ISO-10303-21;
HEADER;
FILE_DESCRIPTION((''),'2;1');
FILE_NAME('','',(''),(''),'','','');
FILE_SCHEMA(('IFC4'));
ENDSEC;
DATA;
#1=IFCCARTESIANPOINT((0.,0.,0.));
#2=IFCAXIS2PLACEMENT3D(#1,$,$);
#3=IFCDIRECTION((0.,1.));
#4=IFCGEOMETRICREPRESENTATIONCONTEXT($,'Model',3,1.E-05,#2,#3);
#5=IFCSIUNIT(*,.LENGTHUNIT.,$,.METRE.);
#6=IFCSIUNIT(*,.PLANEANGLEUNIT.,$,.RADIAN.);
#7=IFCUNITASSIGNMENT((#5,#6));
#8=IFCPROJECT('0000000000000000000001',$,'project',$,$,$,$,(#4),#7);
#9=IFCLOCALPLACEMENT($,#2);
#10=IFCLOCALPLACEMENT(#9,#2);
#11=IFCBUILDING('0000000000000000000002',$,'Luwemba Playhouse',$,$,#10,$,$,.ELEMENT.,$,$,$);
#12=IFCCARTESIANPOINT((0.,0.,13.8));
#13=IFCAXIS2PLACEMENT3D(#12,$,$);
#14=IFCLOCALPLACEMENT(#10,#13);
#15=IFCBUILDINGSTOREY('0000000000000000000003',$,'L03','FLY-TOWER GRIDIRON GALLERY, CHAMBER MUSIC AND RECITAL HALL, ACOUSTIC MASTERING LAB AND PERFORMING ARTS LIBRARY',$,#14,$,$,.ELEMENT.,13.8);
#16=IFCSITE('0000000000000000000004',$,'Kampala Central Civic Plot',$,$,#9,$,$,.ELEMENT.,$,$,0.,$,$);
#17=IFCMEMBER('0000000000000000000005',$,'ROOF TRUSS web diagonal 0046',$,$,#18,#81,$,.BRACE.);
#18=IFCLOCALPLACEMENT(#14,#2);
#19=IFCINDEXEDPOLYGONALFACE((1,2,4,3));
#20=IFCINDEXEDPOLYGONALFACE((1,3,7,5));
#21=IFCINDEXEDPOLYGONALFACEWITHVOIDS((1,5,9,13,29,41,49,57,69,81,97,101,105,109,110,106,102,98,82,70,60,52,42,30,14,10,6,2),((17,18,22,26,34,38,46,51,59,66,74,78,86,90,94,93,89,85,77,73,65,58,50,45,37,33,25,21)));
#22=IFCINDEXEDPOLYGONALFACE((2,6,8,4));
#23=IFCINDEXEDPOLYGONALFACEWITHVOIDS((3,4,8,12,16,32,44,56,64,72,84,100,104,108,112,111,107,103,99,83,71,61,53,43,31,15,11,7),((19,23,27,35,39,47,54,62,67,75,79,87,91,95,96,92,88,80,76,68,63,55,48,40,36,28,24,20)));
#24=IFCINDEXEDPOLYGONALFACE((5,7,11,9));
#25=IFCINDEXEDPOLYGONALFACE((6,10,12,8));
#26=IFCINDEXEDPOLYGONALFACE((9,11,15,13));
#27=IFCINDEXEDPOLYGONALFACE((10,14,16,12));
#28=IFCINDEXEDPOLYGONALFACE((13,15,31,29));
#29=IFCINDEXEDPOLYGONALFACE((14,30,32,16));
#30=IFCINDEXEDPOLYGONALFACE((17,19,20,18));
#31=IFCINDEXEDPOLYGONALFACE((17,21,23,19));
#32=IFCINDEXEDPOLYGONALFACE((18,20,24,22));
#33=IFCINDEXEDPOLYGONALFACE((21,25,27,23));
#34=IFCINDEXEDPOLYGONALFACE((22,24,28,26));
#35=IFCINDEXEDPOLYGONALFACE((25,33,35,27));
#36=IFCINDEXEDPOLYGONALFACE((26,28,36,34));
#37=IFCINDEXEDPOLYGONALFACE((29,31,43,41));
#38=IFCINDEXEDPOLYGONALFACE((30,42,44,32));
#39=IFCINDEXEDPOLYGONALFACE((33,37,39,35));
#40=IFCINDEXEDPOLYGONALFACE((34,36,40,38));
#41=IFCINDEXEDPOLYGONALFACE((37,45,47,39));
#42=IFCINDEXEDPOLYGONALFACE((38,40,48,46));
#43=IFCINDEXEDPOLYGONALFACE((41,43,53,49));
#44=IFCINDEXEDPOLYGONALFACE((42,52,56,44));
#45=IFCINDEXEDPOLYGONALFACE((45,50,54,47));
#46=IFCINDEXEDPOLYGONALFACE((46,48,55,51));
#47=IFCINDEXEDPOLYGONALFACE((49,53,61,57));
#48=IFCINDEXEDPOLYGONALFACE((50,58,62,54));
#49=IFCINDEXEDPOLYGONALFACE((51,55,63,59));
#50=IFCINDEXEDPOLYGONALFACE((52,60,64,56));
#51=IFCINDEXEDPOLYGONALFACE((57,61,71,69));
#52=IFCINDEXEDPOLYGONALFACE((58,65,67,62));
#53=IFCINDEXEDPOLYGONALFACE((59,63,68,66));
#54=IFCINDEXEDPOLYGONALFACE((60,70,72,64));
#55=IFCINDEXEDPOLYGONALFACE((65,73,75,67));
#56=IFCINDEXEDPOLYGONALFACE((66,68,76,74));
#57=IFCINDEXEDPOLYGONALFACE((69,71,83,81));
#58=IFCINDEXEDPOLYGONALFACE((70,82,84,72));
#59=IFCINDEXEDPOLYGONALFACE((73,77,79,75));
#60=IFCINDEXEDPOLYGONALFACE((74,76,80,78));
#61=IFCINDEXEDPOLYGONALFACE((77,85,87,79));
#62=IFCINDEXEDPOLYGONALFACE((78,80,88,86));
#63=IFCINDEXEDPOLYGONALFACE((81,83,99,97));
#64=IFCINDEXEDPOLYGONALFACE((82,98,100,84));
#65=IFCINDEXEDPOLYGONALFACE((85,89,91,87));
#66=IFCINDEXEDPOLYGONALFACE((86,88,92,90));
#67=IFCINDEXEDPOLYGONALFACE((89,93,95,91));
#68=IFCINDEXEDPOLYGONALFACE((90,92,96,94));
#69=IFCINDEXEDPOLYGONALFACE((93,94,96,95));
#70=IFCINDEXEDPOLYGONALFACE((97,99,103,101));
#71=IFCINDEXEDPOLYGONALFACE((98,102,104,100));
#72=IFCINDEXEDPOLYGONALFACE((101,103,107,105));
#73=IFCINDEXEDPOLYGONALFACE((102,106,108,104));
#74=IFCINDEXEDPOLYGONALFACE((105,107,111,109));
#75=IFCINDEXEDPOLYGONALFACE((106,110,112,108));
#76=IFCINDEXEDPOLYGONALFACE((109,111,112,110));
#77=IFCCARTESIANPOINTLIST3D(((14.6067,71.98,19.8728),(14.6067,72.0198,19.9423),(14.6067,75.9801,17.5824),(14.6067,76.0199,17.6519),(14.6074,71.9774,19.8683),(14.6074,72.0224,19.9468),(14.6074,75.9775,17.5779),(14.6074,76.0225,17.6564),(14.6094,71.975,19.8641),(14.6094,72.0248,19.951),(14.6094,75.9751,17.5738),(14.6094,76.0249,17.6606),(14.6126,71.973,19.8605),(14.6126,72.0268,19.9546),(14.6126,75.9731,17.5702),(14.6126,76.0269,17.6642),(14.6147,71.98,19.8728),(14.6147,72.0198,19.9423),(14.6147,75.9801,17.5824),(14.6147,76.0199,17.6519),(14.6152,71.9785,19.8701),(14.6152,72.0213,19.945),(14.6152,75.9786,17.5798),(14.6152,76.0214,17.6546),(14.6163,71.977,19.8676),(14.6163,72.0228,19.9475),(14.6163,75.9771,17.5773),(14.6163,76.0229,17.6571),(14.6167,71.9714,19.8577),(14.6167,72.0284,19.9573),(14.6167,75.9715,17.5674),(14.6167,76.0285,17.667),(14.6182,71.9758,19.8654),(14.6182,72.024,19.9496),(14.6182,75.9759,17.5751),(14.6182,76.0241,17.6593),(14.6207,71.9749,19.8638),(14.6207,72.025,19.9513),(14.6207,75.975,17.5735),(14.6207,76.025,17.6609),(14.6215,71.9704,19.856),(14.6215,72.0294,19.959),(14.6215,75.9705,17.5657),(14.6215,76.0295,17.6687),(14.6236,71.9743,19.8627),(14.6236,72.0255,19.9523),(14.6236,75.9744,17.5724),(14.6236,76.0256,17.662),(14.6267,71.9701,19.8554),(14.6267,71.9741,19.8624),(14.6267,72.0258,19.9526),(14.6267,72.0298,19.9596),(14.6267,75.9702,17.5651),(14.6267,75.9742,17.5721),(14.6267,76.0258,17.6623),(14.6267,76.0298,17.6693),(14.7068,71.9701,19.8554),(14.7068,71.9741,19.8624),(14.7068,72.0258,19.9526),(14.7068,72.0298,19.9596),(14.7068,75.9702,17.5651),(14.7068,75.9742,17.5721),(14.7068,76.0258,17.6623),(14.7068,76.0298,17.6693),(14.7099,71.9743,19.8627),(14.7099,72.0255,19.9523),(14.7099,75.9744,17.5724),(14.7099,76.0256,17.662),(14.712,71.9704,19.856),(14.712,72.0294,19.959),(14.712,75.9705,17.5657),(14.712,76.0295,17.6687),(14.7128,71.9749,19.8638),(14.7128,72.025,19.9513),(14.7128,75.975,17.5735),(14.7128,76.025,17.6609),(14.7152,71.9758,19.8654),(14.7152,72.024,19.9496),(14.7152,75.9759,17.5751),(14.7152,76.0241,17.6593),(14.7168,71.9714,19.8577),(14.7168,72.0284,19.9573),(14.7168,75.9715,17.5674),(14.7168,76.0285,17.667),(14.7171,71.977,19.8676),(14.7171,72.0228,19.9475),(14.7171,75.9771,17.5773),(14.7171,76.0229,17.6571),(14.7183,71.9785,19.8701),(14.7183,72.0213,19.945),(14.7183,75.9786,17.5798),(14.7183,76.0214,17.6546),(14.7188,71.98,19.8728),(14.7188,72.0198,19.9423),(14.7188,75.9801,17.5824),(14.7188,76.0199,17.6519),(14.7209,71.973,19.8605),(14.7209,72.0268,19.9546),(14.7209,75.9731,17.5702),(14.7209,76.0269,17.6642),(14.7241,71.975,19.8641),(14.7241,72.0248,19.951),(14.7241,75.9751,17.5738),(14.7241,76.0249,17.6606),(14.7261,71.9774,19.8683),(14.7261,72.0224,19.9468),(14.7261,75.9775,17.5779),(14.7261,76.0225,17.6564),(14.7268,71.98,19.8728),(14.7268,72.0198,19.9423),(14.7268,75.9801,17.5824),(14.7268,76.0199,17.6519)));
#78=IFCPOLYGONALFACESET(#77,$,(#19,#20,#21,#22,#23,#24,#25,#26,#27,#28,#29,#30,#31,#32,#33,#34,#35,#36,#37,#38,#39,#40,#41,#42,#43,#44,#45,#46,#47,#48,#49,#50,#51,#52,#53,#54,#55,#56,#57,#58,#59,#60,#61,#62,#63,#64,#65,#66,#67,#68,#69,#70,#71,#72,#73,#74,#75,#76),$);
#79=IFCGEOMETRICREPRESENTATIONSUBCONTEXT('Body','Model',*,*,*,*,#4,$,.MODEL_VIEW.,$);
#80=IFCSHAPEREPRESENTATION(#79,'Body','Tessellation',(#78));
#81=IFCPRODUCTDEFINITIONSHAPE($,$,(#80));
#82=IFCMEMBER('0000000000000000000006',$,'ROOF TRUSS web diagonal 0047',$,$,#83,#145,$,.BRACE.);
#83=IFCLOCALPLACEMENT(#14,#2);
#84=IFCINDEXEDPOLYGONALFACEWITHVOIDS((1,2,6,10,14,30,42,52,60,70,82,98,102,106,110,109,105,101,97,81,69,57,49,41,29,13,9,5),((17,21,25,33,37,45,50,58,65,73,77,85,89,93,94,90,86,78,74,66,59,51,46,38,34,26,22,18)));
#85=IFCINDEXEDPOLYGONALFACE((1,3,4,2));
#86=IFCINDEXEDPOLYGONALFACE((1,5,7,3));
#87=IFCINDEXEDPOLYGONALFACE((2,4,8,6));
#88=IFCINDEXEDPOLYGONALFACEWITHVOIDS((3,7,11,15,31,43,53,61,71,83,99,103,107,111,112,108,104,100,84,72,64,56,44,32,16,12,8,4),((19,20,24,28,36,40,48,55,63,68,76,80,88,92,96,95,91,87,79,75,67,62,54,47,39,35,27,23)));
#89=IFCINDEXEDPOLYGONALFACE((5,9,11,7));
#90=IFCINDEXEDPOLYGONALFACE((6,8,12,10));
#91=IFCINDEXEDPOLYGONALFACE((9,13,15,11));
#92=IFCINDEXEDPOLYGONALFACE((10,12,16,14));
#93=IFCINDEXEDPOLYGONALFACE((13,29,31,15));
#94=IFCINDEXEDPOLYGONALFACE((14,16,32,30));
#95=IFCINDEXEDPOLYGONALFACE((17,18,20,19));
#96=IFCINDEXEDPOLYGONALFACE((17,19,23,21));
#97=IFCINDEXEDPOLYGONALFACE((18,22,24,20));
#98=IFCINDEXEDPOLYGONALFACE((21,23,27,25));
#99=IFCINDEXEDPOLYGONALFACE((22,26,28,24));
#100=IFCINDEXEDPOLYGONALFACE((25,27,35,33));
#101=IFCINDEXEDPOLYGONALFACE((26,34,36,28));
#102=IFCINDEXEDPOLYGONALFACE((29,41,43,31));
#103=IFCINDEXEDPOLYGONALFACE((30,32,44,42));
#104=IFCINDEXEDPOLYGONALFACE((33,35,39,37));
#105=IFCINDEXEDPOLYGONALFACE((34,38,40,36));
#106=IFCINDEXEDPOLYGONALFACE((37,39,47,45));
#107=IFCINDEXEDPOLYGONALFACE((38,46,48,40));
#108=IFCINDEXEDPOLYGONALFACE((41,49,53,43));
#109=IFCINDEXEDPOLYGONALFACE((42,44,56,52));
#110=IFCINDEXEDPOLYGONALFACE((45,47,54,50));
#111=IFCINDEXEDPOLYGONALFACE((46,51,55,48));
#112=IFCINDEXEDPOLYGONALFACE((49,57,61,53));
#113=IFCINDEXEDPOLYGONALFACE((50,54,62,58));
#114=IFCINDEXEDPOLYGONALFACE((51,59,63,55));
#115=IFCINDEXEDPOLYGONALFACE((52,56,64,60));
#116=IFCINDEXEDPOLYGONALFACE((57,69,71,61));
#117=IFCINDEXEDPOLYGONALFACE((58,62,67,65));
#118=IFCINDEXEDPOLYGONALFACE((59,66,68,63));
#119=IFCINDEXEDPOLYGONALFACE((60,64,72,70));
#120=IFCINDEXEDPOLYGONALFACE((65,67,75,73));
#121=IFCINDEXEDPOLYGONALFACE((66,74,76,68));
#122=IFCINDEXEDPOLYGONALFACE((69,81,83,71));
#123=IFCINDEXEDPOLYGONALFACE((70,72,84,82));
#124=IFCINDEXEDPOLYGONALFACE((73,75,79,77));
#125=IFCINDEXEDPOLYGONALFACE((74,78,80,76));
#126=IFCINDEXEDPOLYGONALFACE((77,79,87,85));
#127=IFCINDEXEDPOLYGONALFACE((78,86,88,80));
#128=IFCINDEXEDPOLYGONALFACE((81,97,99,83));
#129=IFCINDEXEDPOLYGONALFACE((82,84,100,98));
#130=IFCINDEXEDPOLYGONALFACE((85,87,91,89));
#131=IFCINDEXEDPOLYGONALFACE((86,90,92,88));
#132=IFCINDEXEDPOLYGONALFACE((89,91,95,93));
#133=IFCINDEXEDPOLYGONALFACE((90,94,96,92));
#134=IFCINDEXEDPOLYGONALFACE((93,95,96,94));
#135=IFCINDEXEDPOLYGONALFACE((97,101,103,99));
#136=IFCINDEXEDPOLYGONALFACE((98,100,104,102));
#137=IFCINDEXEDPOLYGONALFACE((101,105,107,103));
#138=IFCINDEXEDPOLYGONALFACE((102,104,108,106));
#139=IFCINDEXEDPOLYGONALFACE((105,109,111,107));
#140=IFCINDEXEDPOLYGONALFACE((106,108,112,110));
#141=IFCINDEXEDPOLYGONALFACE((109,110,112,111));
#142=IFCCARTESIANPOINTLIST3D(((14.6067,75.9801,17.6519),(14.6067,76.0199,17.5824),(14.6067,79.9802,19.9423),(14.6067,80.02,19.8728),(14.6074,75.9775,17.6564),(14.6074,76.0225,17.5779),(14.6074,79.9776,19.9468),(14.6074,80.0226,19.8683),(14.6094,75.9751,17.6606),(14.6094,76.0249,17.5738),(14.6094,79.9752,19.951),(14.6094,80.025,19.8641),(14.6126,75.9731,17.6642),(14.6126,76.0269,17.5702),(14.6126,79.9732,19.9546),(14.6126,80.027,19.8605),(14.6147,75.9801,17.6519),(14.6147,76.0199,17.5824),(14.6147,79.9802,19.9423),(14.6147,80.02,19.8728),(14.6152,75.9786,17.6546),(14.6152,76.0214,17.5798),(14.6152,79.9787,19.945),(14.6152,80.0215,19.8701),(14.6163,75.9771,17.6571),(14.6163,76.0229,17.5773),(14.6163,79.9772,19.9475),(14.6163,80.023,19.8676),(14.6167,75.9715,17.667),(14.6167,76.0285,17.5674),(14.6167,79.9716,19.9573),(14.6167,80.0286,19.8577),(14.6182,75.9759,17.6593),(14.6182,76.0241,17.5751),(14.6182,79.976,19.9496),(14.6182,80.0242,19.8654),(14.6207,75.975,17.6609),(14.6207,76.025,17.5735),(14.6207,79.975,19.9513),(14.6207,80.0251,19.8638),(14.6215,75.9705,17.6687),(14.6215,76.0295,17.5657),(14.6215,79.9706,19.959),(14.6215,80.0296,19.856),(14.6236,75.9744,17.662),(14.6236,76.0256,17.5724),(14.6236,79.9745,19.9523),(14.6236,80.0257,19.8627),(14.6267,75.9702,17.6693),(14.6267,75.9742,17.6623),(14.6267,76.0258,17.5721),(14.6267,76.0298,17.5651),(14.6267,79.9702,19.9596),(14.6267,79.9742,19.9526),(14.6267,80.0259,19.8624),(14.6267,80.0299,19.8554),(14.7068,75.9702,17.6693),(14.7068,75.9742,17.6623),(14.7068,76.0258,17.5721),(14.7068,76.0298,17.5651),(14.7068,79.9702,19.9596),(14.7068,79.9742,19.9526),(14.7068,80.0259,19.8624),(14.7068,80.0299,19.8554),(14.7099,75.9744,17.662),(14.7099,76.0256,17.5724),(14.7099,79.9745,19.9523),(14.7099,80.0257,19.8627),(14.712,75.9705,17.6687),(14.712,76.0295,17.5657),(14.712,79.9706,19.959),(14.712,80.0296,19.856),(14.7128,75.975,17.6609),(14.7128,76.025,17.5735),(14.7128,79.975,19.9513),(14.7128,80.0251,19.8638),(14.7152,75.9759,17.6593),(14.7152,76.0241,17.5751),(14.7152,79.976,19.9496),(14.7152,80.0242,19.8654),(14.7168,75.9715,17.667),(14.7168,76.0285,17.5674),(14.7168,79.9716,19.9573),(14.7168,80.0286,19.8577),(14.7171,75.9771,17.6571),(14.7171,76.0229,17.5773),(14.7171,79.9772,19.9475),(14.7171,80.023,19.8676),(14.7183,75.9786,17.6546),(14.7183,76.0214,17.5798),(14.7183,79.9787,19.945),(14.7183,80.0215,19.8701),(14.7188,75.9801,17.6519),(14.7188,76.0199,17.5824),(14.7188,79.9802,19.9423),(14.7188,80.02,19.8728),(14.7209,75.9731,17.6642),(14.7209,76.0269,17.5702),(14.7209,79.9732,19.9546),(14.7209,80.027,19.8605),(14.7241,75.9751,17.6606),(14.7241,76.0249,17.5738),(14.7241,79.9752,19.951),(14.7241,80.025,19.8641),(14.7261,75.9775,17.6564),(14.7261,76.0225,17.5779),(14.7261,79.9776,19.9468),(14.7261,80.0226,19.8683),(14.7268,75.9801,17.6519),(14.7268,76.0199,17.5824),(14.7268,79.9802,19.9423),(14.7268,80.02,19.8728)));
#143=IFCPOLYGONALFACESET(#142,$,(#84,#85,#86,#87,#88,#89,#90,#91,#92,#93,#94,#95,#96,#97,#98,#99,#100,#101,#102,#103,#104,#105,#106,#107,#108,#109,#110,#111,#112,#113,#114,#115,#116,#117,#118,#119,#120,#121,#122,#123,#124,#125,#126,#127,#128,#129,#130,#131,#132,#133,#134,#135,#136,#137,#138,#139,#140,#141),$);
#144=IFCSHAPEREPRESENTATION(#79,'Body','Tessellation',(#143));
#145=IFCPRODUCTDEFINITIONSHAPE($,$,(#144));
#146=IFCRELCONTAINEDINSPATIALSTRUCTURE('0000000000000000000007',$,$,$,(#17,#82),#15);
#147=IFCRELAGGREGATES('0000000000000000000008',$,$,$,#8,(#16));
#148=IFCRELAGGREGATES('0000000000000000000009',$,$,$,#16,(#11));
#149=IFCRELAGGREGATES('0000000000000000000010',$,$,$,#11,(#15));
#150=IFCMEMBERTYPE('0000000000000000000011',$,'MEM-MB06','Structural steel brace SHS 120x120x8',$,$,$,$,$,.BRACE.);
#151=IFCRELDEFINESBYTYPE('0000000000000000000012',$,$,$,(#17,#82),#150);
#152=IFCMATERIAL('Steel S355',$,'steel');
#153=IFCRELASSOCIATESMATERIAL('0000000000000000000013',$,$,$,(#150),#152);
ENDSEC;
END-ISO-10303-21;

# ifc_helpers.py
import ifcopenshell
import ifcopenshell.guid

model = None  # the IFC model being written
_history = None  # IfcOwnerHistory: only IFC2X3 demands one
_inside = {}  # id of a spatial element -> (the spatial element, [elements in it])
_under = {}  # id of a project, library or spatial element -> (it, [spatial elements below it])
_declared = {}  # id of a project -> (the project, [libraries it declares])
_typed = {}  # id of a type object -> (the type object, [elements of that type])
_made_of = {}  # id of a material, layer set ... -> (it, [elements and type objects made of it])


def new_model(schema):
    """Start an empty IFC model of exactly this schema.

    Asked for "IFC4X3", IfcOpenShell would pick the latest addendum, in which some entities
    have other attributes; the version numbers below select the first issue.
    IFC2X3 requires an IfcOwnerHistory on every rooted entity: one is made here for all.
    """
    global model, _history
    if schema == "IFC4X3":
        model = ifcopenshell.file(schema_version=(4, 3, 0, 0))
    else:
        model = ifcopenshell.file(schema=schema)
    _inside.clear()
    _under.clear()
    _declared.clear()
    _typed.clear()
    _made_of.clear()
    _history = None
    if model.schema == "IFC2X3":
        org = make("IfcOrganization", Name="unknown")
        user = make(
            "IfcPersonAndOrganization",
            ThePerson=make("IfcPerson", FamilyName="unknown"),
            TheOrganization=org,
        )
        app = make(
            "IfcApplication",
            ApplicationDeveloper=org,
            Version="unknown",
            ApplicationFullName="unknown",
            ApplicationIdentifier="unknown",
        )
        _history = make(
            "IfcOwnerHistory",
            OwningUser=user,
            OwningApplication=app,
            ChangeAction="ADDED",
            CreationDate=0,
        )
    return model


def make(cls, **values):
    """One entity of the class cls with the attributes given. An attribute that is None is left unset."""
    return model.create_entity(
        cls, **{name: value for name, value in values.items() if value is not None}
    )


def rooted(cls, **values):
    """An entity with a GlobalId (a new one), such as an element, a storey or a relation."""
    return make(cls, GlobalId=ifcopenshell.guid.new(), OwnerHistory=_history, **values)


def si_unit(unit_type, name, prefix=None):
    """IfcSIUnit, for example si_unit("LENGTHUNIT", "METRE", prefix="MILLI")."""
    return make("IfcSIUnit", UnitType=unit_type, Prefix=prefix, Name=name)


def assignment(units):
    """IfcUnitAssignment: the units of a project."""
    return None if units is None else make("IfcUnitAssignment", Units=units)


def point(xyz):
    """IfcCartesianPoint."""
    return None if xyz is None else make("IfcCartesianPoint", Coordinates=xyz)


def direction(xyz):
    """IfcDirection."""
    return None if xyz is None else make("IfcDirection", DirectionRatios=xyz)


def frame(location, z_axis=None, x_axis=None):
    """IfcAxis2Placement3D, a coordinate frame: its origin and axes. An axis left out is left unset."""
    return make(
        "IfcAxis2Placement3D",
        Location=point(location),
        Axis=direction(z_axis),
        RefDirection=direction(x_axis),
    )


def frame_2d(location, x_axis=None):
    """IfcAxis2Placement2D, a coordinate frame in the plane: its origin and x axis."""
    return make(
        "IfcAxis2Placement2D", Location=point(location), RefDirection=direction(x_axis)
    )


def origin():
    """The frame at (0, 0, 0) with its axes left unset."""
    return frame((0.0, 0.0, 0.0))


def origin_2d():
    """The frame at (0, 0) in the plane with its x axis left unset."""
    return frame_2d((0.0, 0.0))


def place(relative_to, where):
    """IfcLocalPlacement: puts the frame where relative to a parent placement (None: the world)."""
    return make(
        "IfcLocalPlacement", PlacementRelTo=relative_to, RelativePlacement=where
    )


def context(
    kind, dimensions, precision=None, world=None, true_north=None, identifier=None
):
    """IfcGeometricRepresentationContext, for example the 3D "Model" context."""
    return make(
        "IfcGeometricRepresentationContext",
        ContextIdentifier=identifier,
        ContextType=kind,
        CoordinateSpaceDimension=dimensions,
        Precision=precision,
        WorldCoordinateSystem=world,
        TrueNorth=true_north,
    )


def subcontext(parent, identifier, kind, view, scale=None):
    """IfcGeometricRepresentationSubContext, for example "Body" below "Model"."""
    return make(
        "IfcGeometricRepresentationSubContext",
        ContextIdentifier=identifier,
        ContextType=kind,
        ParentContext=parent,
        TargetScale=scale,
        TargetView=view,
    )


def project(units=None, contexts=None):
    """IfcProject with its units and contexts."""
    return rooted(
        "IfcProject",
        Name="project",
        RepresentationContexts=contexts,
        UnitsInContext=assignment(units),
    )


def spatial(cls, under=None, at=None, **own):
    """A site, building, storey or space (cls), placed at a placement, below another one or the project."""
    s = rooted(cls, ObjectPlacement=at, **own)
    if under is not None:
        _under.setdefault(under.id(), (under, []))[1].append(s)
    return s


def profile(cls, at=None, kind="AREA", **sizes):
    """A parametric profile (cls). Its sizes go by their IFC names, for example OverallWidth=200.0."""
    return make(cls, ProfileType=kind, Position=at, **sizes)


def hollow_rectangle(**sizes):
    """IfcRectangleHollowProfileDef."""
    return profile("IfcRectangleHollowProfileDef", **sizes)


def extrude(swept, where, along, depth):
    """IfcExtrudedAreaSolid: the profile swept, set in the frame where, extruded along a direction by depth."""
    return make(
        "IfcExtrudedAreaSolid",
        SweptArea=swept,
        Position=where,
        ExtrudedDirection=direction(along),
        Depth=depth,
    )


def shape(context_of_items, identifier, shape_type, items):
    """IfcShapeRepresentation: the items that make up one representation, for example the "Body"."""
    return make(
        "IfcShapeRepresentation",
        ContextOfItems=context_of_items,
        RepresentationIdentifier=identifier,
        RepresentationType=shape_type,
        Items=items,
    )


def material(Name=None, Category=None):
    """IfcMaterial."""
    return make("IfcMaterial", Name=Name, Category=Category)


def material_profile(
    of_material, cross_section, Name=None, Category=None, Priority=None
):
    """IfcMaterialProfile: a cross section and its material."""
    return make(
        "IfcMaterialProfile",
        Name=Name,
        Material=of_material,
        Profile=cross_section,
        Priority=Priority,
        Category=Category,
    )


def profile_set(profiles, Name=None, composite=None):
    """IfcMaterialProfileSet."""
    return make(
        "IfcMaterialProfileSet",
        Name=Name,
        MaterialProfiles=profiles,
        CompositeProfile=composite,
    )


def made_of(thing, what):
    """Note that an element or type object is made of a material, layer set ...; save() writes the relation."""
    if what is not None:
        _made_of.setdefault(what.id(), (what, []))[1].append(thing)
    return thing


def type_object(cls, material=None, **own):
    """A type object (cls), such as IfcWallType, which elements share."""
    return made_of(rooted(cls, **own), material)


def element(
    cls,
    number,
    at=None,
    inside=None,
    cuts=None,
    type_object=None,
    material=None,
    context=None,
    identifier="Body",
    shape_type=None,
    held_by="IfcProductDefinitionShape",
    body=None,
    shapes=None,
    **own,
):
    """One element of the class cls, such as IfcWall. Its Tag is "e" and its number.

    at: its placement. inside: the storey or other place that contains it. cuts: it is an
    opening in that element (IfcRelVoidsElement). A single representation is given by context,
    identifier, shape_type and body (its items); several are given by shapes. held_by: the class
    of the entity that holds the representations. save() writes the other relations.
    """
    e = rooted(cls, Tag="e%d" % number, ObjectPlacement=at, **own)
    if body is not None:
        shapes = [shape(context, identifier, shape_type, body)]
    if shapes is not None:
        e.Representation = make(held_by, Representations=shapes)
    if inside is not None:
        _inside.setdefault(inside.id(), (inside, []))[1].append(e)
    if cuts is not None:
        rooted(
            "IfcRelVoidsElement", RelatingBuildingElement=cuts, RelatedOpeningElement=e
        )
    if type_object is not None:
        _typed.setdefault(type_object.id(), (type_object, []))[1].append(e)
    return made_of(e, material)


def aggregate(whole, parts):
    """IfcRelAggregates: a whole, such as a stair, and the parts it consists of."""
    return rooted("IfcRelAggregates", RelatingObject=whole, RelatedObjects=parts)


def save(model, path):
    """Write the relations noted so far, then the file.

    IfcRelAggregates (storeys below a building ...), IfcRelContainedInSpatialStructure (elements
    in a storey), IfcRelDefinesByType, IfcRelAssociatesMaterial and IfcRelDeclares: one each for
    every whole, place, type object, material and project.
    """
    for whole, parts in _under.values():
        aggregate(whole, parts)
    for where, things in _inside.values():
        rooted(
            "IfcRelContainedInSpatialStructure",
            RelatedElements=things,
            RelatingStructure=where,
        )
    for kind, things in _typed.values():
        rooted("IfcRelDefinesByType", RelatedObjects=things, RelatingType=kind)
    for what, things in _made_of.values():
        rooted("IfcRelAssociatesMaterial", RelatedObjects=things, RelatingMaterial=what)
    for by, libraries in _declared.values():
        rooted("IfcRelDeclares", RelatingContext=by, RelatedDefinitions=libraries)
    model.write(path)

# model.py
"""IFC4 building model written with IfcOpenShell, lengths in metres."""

from ifc_helpers import new_model, si_unit, direction, frame, origin, origin_2d, place, context, subcontext, project, spatial, hollow_rectangle, extrude, material, material_profile, profile_set, type_object, element, save


model = new_model("IFC4")

# Units and contexts
model_context = context("Model", 3, precision=1e-05, world=origin(), true_north=direction((0.0, 1.0)))
body_context = subcontext(model_context, "Body", "Model", "MODEL_VIEW")
ifc_project = project(units=[si_unit("LENGTHUNIT", "METRE"), si_unit("PLANEANGLEUNIT", "RADIAN")], contexts=[model_context])

# Site, building, storey
site_placement = place(None, origin())
site = spatial("IfcSite", under=ifc_project, at=site_placement, Name="Kampala Central Civic Plot", CompositionType="ELEMENT", RefElevation=0.0)
building_placement = place(site_placement, origin())
building = spatial("IfcBuilding", under=site, at=building_placement, Name="Luwemba Playhouse", CompositionType="ELEMENT")
storey_placement = place(building_placement, frame((0.0, 0.0, 13.8)))
storey = spatial("IfcBuildingStorey", under=building, at=storey_placement, Name="L03", Description="FLY-TOWER GRIDIRON GALLERY, CHAMBER MUSIC AND RECITAL HALL, ACOUSTIC MASTERING LAB AND PERFORMING ARTS LIBRARY", CompositionType="ELEMENT", Elevation=13.8)

# Shared definitions
ifc_material_1 = material(Name="Steel S355", Category="steel")

# Members
ifc_material_profile_1 = material_profile(ifc_material_1, hollow_rectangle(XDim=0.1201, YDim=0.1201, WallThickness=0.0081, InnerFilletRadius=0.012, OuterFilletRadius=0.02, at=origin_2d()))
ifc_profile_set_1 = profile_set([ifc_material_profile_1], Name="Steel S355")
member_type_1 = type_object("IfcMemberType", Name="MEM-MB06", Description="Structural steel brace SHS 120x120x8", PredefinedType="BRACE", material=ifc_profile_set_1)
for number, where, z_axis, x_axis, name in (
    (1, (14.6667, 76.0, 17.6172), (0.0, -0.867816, 0.496886), (1.0, 0.0, 0.0), "ROOF TRUSS web diagonal 0046"),
    (2, (14.6667, 76.0, 17.6172), (0.0, 0.867816, 0.496886), (-1.0, 0.0, 0.0), "ROOF TRUSS web diagonal 0047"),
):
    element("IfcMember", number, at=place(storey_placement, frame(where, z_axis=z_axis, x_axis=x_axis)), inside=storey, type_object=member_type_1, Name=name, PredefinedType="BRACE", context=body_context, shape_type="SweptSolid", body=[
        extrude(hollow_rectangle(XDim=0.1201, YDim=0.1201, WallThickness=0.0081, InnerFilletRadius=0.012, OuterFilletRadius=0.02, at=origin_2d()), origin(), (0.0, 0.0, 1.0), 4.6094),
    ])

save(model, "model.ifc")
